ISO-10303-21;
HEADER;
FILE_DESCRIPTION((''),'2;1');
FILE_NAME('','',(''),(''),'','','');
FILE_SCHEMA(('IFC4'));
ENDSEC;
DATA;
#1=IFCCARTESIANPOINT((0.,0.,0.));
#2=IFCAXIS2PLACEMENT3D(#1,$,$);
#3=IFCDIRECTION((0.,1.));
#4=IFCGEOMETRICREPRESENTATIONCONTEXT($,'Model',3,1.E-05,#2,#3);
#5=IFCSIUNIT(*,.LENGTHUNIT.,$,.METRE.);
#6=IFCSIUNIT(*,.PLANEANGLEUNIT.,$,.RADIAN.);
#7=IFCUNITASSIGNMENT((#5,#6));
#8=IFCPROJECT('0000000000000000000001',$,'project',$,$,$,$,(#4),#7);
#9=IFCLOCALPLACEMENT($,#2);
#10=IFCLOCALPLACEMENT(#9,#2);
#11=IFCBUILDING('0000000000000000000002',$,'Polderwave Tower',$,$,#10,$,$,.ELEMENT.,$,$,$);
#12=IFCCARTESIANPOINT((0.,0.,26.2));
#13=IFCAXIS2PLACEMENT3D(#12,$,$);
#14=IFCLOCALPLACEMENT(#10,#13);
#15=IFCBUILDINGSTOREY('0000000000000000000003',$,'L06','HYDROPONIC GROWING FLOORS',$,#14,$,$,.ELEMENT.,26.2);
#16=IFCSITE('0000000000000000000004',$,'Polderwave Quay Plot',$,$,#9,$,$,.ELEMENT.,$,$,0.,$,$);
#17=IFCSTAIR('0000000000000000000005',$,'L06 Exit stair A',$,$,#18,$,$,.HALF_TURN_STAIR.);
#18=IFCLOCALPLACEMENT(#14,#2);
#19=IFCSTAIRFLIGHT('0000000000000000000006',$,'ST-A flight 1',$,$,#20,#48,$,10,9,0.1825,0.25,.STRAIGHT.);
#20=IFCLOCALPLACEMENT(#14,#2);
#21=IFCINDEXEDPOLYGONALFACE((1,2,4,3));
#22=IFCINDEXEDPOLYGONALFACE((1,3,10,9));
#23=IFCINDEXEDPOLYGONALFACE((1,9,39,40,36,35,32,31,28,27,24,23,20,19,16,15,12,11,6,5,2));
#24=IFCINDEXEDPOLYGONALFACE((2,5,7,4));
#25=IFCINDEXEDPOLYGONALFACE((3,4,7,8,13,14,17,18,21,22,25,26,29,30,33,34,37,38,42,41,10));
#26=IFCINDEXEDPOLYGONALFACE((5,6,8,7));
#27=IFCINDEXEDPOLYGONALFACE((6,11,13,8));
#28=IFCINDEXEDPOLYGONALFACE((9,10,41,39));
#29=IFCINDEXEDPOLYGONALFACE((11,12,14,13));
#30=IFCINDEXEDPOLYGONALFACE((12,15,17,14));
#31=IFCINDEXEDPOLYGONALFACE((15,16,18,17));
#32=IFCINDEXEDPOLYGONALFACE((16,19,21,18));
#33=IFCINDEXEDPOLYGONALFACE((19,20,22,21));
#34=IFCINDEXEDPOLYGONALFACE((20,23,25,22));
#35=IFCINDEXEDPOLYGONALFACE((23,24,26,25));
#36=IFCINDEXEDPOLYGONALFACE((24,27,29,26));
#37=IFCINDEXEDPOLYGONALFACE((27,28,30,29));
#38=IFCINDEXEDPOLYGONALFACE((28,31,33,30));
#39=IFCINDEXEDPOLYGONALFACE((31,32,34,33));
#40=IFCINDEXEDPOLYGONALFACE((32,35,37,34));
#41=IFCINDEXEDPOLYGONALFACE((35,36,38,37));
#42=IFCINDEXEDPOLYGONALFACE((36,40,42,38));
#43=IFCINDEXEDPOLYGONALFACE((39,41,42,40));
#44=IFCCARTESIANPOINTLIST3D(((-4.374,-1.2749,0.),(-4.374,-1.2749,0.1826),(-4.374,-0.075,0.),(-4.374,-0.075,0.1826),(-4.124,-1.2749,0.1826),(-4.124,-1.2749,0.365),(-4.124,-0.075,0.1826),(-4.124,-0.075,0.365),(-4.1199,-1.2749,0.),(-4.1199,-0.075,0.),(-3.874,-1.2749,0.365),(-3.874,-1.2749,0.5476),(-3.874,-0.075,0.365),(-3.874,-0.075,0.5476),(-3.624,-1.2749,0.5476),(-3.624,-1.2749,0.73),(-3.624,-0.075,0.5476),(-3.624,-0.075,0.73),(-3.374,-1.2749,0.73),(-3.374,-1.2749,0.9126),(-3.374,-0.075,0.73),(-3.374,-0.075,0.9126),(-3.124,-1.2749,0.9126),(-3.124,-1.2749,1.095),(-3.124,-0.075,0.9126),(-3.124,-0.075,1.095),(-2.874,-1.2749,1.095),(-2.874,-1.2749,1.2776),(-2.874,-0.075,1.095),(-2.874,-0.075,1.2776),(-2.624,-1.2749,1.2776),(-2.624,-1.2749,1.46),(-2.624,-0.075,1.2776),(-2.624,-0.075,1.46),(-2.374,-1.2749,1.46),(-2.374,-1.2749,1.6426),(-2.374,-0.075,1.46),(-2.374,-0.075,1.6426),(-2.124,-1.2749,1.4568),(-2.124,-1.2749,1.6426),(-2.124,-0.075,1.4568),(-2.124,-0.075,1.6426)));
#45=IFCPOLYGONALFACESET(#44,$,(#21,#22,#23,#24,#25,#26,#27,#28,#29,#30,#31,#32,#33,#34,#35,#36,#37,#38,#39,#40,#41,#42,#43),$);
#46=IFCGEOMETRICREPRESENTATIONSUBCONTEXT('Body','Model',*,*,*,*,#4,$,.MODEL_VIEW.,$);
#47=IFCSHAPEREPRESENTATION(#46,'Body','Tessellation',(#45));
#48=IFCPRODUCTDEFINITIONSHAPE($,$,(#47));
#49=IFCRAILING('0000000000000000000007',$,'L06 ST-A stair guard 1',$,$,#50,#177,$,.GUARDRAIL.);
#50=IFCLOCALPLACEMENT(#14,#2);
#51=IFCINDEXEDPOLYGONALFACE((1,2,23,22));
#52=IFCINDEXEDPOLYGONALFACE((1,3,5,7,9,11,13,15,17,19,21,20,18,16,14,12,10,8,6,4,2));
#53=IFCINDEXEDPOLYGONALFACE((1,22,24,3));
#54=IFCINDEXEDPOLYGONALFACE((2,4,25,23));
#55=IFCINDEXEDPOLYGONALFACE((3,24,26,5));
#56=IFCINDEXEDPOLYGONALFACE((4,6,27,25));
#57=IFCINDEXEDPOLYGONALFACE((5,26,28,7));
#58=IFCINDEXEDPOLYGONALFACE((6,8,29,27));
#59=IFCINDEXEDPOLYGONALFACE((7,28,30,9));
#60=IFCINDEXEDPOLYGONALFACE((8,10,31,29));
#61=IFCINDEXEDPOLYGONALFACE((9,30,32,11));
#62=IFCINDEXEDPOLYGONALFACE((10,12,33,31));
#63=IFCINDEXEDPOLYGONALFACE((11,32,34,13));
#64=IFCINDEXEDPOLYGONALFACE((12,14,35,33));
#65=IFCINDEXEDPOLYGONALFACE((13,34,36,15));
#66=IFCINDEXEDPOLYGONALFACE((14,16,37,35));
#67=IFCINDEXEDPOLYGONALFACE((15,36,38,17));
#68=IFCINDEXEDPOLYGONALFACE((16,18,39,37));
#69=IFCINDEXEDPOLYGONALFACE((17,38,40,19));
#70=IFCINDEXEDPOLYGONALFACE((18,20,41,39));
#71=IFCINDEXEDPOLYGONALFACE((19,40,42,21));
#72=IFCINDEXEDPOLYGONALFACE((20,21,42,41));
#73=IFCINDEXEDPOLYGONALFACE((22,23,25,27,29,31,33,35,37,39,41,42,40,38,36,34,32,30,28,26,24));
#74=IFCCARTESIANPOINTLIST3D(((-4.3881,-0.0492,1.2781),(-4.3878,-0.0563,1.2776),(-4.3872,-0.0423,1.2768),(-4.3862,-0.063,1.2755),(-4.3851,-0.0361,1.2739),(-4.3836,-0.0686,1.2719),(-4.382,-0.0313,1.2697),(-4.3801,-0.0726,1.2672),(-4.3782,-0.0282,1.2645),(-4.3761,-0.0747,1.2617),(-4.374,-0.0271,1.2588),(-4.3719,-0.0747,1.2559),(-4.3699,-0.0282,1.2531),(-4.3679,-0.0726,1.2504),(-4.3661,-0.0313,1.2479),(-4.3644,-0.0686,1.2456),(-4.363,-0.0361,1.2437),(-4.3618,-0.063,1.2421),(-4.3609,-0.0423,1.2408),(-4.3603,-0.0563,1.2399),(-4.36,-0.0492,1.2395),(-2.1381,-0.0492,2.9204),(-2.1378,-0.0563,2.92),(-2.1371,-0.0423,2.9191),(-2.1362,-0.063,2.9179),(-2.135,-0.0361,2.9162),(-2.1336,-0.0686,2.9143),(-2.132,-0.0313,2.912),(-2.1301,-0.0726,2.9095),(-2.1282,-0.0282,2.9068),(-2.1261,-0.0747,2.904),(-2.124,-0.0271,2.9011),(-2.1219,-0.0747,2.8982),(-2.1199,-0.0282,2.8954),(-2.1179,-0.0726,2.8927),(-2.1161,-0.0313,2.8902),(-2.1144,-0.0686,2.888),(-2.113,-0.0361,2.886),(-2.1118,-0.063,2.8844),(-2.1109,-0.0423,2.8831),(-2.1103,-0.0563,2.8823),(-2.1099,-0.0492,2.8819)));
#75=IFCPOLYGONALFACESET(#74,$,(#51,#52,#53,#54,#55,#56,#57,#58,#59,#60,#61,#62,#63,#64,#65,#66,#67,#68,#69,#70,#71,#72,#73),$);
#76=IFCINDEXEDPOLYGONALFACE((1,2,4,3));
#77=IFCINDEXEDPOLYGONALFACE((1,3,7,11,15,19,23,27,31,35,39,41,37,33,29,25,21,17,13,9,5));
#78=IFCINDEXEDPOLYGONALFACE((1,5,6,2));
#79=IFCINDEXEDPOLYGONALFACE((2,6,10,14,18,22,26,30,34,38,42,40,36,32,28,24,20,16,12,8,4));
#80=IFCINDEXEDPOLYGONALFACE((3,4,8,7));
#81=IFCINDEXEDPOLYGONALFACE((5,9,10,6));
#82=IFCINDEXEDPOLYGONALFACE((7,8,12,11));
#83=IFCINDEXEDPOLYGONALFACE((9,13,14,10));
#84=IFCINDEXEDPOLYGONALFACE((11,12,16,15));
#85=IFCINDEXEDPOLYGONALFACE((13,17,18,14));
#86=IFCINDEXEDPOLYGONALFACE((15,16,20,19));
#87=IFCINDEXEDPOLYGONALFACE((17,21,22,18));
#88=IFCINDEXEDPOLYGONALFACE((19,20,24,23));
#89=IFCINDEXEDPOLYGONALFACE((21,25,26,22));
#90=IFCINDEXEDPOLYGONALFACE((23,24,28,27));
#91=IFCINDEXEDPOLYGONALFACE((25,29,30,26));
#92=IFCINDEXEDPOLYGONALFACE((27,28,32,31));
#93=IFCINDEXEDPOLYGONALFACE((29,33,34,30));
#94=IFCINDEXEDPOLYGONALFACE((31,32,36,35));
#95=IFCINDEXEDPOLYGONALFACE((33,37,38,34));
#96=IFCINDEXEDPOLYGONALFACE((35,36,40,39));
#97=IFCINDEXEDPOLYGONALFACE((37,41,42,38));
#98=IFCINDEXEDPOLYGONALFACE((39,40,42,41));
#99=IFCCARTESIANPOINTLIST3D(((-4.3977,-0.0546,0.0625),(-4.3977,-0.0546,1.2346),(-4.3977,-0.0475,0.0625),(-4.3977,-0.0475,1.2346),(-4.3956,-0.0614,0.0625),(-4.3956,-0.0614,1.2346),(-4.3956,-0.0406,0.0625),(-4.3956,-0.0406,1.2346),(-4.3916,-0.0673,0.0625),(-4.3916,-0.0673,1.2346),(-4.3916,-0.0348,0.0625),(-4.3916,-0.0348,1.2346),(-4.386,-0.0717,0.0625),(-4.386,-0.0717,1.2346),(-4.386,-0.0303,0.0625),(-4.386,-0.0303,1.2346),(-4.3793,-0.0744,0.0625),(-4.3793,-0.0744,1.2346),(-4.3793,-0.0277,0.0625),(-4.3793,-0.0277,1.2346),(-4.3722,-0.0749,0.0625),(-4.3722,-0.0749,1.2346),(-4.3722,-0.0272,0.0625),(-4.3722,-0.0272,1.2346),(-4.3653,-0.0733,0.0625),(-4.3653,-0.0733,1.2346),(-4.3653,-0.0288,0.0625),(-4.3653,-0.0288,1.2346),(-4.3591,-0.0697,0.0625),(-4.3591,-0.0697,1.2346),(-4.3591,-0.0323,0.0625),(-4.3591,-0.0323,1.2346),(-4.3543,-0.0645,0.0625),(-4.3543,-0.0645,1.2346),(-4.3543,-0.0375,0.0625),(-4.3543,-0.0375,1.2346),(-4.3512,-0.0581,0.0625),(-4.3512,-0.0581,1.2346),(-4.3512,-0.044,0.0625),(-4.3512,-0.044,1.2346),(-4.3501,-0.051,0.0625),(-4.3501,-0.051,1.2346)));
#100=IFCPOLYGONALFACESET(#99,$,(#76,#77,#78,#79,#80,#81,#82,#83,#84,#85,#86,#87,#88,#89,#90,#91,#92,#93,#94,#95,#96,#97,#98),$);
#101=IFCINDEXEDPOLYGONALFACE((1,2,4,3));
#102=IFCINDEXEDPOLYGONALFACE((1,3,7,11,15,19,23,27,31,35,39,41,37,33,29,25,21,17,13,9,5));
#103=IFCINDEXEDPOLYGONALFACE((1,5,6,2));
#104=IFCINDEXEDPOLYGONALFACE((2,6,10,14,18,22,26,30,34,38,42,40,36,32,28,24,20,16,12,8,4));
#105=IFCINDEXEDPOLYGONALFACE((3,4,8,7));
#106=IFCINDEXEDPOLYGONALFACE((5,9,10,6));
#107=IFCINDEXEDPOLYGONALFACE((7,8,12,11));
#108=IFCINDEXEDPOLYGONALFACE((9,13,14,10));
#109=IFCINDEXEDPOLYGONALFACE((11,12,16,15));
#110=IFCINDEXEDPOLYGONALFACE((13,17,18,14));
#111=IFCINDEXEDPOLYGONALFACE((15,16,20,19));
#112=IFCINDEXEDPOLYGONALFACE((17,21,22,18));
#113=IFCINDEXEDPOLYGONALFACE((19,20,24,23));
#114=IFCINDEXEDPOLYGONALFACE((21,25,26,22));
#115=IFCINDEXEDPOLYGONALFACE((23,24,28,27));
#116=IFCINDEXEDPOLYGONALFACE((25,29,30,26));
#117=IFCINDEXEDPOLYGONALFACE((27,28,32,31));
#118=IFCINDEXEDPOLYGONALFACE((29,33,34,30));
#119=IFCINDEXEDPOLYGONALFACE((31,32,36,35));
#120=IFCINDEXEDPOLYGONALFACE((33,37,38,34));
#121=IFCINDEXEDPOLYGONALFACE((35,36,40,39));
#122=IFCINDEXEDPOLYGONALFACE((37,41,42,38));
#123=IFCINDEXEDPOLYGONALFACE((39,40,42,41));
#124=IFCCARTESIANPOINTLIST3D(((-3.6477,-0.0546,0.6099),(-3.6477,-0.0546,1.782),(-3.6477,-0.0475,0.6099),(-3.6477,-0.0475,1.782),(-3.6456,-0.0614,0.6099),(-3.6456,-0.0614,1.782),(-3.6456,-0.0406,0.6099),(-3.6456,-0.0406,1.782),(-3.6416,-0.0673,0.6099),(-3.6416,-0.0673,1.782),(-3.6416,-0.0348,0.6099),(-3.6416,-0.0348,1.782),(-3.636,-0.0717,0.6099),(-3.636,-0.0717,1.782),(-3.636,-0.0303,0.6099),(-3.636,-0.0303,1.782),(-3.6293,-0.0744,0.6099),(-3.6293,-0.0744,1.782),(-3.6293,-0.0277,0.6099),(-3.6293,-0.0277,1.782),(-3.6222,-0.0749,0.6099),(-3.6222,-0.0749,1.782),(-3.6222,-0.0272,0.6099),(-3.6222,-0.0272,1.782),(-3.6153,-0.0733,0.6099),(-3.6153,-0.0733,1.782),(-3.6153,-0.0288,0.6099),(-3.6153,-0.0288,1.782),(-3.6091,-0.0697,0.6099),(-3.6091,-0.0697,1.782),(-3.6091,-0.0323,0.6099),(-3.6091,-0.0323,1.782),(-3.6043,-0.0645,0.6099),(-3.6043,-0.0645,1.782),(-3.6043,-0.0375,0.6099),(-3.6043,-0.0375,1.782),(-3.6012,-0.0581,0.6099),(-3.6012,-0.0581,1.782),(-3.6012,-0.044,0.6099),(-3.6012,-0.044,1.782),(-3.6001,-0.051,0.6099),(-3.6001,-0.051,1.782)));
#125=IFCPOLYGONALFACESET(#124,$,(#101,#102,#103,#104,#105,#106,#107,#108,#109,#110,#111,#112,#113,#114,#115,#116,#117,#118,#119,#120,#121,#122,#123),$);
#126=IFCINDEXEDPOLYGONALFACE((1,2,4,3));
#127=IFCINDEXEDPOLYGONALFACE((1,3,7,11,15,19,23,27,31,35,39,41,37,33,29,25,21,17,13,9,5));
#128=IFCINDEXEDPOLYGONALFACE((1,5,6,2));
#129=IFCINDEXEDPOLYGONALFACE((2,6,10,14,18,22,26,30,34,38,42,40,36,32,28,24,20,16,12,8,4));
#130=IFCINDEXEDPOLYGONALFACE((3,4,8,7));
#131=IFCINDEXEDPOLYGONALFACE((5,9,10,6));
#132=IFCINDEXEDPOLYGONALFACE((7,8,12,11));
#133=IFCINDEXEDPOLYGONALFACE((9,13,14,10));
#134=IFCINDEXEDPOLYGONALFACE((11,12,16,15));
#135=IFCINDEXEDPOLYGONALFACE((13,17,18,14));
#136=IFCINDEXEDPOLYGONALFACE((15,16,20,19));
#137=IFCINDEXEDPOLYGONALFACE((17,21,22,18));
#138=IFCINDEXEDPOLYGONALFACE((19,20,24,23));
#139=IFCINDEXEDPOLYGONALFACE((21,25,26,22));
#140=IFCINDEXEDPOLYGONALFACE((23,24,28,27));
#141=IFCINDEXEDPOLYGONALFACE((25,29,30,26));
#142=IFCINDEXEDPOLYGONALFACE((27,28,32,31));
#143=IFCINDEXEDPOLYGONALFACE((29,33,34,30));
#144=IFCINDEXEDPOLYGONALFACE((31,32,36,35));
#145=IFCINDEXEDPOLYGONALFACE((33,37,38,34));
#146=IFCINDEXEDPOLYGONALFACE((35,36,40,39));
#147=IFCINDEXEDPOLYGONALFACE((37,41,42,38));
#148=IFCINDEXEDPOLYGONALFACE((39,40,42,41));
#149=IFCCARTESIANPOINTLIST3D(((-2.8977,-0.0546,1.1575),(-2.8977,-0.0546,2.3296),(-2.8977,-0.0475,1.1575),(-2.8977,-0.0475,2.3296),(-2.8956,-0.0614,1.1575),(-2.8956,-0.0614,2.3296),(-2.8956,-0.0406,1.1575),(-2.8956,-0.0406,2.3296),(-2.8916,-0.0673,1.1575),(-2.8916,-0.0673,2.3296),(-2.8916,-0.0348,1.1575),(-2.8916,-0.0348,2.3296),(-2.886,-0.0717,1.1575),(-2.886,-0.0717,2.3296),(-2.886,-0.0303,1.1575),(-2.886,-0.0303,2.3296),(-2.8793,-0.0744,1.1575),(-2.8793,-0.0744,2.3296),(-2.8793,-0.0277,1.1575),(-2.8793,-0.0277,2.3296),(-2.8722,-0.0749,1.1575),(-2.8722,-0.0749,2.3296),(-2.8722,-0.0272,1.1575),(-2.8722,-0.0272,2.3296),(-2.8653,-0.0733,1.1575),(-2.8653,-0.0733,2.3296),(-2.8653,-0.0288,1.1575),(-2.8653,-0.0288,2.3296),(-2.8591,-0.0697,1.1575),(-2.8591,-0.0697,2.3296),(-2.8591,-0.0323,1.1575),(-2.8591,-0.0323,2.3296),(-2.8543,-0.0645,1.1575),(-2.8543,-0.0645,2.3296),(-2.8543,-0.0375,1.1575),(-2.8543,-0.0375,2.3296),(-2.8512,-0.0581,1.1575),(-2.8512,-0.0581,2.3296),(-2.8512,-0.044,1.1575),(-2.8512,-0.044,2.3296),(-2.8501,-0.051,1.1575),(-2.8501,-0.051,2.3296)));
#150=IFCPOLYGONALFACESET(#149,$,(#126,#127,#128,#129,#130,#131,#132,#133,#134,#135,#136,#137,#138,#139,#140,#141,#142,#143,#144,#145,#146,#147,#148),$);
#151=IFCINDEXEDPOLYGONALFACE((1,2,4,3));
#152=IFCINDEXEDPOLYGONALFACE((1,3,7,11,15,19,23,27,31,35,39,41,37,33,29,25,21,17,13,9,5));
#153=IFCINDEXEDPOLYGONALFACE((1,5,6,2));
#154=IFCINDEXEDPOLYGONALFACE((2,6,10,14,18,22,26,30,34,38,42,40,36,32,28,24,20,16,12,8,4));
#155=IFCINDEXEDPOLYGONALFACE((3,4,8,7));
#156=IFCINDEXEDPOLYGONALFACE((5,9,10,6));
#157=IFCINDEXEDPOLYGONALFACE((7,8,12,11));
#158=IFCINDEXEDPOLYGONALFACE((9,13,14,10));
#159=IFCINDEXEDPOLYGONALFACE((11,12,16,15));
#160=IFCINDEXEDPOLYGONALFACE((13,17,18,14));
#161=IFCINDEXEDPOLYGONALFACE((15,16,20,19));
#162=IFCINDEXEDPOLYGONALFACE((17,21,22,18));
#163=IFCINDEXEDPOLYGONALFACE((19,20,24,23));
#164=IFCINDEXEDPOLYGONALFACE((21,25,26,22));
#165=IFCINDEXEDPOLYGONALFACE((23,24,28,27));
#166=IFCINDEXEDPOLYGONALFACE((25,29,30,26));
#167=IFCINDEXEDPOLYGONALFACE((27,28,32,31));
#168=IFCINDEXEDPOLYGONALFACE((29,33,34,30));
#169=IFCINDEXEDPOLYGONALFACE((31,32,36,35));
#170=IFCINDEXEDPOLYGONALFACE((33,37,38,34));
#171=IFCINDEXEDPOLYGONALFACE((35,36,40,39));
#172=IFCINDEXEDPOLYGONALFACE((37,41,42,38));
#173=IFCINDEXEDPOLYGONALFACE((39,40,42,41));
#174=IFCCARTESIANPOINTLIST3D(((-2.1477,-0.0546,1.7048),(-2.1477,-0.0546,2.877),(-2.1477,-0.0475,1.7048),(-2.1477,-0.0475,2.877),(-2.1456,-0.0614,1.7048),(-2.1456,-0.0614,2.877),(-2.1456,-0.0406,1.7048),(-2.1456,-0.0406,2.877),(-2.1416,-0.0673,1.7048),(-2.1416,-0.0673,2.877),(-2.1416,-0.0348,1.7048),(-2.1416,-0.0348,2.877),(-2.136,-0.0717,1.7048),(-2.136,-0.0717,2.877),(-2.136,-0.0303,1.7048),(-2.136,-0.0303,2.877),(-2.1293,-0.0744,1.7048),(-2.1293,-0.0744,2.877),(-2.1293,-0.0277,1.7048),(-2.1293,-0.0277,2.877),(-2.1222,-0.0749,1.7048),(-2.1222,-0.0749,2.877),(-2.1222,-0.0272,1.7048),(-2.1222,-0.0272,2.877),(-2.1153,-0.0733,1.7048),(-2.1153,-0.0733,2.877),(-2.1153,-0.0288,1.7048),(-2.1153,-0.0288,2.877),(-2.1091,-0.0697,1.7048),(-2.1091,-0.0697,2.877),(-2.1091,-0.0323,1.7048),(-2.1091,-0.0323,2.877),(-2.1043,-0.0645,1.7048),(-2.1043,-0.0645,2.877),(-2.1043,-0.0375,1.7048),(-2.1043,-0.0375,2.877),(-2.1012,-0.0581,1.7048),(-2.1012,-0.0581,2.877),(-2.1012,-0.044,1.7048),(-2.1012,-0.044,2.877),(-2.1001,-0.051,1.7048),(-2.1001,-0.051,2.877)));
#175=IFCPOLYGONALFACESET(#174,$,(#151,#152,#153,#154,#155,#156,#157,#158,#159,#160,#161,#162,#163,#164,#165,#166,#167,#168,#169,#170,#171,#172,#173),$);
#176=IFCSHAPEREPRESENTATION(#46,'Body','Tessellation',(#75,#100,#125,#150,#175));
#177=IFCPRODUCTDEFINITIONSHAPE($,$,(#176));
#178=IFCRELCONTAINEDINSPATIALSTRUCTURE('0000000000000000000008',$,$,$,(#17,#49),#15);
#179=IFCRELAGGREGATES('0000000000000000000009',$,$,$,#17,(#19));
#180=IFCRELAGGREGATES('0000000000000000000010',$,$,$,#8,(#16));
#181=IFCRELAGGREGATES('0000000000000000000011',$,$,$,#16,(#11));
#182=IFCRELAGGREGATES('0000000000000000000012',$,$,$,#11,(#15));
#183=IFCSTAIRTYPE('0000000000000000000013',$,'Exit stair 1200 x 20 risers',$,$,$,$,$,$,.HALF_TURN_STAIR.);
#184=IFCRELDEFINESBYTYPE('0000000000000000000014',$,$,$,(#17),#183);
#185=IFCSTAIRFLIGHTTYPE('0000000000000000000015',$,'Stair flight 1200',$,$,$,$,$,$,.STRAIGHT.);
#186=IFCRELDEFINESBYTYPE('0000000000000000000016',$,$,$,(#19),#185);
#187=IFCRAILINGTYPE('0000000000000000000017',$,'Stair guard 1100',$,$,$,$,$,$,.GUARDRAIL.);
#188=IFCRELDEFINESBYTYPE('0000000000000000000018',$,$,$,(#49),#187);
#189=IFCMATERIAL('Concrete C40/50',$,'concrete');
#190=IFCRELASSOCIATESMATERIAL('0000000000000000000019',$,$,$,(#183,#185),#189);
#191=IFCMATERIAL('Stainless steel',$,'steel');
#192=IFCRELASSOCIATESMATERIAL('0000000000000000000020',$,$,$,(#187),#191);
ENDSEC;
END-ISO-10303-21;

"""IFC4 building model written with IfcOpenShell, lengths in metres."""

from ifc_helpers import new_model, si_unit, direction, frame, origin, origin_2d, place, context, subcontext, project, spatial, polyline, circle, outline, extrude, material, type_object, element, aggregate, save


model = new_model("IFC4")

# Units and contexts
model_context = context("Model", 3, precision=1e-05, world=origin(), true_north=direction((0.0, 1.0)))
body_context = subcontext(model_context, "Body", "Model", "MODEL_VIEW")
ifc_project = project(units=[si_unit("LENGTHUNIT", "METRE"), si_unit("PLANEANGLEUNIT", "RADIAN")], contexts=[model_context])

# Site, building, storey
site_placement = place(None, origin())
site = spatial("IfcSite", under=ifc_project, at=site_placement, Name="Polderwave Quay Plot", CompositionType="ELEMENT", RefElevation=0.0)
building_placement = place(site_placement, origin())
building = spatial("IfcBuilding", under=site, at=building_placement, Name="Polderwave Tower", CompositionType="ELEMENT")
storey_placement = place(building_placement, frame((0.0, 0.0, 26.2)))
storey = spatial("IfcBuildingStorey", under=building, at=storey_placement, Name="L06", Description="HYDROPONIC GROWING FLOORS", CompositionType="ELEMENT", Elevation=26.2)

# Shared definitions
ifc_material_1 = material(Name="Concrete C40/50", Category="concrete")

# Stair, stair flight
stair_type = type_object("IfcStairType", Name="Exit stair 1200 x 20 risers", PredefinedType="HALF_TURN_STAIR", material=ifc_material_1)
stair_placement = place(storey_placement, origin())
stair = element("IfcStair", 1, at=stair_placement, inside=storey, type_object=stair_type, Name="L06 Exit stair A", PredefinedType="HALF_TURN_STAIR")
stair_flight_type = type_object("IfcStairFlightType", Name="Stair flight 1200", PredefinedType="STRAIGHT", material=ifc_material_1)
stair_flight_placement = place(storey_placement, frame((-4.374, -0.675, 0.0), z_axis=(0.0, 0.0, 1.0), x_axis=(1.0, 0.0, 0.0)))
stair_flight = element("IfcStairFlight", 2, at=stair_flight_placement, type_object=stair_flight_type, Name="ST-A flight 1", NumberOfRisers=10, NumberOfTreads=9, PredefinedType="STRAIGHT", RiserHeight=0.1825, TreadLength=0.25, context=body_context, shape_type="SweptSolid", body=[
    extrude(outline(polyline([(0.0, 0.0), (0.0, 0.1826), (0.25, 0.1826), (0.25, 0.365), (0.5, 0.365), (0.5, 0.5476), (0.75, 0.5476), (0.75, 0.73), (1.0, 0.73), (1.0, 0.9126), (1.25, 0.9126), (1.25, 1.095), (1.5, 1.095), (1.5, 1.2776), (1.75, 1.2776), (1.75, 1.46), (2.0, 1.46), (2.0, 1.6426), (2.25, 1.6426), (2.25, 1.825), (2.25, 1.4568), (0.2542, 0.0), (0.0, 0.0)])), frame((0.0, 0.6001, 0.0), z_axis=(0.0, -1.0, 0.0), x_axis=(1.0, 0.0, 0.0)), (0.0, 0.0, 1.0), 1.2),
])
aggregate(stair, [stair_flight])

# Railing
ifc_material_2 = material(Name="Stainless steel", Category="steel")
railing_type_1 = type_object("IfcRailingType", Name="Stair guard 1100", PredefinedType="GUARDRAIL", material=ifc_material_2)
railing_1_placement = place(storey_placement, frame((-4.374, -0.051, 0.0625)))
element("IfcRailing", 3, at=railing_1_placement, inside=storey, type_object=railing_type_1, Name="L06 ST-A stair guard 1", PredefinedType="GUARDRAIL", context=body_context, shape_type="SweptSolid", body=[
    extrude(circle(Radius=0.0239, at=origin_2d()), frame((0.0, 0.0, 1.1963), z_axis=(0.807715, 0.0, 0.589573), x_axis=(0.0, 1.0, 0.0)), (0.0, 0.0, 1.0), 2.7856),
    extrude(circle(Radius=0.0239, at=origin_2d()), origin(), (0.0, 0.0, 1.0), 1.1721),
    extrude(circle(Radius=0.0239, at=origin_2d()), frame((0.75, 0.0, 0.5474)), (0.0, 0.0, 1.0), 1.1721),
    extrude(circle(Radius=0.0239, at=origin_2d()), frame((1.5, 0.0, 1.095)), (0.0, 0.0, 1.0), 1.1721),
    extrude(circle(Radius=0.0239, at=origin_2d()), frame((2.25, 0.0, 1.6423)), (0.0, 0.0, 1.0), 1.1721),
])

save(model, "model.ifc")
